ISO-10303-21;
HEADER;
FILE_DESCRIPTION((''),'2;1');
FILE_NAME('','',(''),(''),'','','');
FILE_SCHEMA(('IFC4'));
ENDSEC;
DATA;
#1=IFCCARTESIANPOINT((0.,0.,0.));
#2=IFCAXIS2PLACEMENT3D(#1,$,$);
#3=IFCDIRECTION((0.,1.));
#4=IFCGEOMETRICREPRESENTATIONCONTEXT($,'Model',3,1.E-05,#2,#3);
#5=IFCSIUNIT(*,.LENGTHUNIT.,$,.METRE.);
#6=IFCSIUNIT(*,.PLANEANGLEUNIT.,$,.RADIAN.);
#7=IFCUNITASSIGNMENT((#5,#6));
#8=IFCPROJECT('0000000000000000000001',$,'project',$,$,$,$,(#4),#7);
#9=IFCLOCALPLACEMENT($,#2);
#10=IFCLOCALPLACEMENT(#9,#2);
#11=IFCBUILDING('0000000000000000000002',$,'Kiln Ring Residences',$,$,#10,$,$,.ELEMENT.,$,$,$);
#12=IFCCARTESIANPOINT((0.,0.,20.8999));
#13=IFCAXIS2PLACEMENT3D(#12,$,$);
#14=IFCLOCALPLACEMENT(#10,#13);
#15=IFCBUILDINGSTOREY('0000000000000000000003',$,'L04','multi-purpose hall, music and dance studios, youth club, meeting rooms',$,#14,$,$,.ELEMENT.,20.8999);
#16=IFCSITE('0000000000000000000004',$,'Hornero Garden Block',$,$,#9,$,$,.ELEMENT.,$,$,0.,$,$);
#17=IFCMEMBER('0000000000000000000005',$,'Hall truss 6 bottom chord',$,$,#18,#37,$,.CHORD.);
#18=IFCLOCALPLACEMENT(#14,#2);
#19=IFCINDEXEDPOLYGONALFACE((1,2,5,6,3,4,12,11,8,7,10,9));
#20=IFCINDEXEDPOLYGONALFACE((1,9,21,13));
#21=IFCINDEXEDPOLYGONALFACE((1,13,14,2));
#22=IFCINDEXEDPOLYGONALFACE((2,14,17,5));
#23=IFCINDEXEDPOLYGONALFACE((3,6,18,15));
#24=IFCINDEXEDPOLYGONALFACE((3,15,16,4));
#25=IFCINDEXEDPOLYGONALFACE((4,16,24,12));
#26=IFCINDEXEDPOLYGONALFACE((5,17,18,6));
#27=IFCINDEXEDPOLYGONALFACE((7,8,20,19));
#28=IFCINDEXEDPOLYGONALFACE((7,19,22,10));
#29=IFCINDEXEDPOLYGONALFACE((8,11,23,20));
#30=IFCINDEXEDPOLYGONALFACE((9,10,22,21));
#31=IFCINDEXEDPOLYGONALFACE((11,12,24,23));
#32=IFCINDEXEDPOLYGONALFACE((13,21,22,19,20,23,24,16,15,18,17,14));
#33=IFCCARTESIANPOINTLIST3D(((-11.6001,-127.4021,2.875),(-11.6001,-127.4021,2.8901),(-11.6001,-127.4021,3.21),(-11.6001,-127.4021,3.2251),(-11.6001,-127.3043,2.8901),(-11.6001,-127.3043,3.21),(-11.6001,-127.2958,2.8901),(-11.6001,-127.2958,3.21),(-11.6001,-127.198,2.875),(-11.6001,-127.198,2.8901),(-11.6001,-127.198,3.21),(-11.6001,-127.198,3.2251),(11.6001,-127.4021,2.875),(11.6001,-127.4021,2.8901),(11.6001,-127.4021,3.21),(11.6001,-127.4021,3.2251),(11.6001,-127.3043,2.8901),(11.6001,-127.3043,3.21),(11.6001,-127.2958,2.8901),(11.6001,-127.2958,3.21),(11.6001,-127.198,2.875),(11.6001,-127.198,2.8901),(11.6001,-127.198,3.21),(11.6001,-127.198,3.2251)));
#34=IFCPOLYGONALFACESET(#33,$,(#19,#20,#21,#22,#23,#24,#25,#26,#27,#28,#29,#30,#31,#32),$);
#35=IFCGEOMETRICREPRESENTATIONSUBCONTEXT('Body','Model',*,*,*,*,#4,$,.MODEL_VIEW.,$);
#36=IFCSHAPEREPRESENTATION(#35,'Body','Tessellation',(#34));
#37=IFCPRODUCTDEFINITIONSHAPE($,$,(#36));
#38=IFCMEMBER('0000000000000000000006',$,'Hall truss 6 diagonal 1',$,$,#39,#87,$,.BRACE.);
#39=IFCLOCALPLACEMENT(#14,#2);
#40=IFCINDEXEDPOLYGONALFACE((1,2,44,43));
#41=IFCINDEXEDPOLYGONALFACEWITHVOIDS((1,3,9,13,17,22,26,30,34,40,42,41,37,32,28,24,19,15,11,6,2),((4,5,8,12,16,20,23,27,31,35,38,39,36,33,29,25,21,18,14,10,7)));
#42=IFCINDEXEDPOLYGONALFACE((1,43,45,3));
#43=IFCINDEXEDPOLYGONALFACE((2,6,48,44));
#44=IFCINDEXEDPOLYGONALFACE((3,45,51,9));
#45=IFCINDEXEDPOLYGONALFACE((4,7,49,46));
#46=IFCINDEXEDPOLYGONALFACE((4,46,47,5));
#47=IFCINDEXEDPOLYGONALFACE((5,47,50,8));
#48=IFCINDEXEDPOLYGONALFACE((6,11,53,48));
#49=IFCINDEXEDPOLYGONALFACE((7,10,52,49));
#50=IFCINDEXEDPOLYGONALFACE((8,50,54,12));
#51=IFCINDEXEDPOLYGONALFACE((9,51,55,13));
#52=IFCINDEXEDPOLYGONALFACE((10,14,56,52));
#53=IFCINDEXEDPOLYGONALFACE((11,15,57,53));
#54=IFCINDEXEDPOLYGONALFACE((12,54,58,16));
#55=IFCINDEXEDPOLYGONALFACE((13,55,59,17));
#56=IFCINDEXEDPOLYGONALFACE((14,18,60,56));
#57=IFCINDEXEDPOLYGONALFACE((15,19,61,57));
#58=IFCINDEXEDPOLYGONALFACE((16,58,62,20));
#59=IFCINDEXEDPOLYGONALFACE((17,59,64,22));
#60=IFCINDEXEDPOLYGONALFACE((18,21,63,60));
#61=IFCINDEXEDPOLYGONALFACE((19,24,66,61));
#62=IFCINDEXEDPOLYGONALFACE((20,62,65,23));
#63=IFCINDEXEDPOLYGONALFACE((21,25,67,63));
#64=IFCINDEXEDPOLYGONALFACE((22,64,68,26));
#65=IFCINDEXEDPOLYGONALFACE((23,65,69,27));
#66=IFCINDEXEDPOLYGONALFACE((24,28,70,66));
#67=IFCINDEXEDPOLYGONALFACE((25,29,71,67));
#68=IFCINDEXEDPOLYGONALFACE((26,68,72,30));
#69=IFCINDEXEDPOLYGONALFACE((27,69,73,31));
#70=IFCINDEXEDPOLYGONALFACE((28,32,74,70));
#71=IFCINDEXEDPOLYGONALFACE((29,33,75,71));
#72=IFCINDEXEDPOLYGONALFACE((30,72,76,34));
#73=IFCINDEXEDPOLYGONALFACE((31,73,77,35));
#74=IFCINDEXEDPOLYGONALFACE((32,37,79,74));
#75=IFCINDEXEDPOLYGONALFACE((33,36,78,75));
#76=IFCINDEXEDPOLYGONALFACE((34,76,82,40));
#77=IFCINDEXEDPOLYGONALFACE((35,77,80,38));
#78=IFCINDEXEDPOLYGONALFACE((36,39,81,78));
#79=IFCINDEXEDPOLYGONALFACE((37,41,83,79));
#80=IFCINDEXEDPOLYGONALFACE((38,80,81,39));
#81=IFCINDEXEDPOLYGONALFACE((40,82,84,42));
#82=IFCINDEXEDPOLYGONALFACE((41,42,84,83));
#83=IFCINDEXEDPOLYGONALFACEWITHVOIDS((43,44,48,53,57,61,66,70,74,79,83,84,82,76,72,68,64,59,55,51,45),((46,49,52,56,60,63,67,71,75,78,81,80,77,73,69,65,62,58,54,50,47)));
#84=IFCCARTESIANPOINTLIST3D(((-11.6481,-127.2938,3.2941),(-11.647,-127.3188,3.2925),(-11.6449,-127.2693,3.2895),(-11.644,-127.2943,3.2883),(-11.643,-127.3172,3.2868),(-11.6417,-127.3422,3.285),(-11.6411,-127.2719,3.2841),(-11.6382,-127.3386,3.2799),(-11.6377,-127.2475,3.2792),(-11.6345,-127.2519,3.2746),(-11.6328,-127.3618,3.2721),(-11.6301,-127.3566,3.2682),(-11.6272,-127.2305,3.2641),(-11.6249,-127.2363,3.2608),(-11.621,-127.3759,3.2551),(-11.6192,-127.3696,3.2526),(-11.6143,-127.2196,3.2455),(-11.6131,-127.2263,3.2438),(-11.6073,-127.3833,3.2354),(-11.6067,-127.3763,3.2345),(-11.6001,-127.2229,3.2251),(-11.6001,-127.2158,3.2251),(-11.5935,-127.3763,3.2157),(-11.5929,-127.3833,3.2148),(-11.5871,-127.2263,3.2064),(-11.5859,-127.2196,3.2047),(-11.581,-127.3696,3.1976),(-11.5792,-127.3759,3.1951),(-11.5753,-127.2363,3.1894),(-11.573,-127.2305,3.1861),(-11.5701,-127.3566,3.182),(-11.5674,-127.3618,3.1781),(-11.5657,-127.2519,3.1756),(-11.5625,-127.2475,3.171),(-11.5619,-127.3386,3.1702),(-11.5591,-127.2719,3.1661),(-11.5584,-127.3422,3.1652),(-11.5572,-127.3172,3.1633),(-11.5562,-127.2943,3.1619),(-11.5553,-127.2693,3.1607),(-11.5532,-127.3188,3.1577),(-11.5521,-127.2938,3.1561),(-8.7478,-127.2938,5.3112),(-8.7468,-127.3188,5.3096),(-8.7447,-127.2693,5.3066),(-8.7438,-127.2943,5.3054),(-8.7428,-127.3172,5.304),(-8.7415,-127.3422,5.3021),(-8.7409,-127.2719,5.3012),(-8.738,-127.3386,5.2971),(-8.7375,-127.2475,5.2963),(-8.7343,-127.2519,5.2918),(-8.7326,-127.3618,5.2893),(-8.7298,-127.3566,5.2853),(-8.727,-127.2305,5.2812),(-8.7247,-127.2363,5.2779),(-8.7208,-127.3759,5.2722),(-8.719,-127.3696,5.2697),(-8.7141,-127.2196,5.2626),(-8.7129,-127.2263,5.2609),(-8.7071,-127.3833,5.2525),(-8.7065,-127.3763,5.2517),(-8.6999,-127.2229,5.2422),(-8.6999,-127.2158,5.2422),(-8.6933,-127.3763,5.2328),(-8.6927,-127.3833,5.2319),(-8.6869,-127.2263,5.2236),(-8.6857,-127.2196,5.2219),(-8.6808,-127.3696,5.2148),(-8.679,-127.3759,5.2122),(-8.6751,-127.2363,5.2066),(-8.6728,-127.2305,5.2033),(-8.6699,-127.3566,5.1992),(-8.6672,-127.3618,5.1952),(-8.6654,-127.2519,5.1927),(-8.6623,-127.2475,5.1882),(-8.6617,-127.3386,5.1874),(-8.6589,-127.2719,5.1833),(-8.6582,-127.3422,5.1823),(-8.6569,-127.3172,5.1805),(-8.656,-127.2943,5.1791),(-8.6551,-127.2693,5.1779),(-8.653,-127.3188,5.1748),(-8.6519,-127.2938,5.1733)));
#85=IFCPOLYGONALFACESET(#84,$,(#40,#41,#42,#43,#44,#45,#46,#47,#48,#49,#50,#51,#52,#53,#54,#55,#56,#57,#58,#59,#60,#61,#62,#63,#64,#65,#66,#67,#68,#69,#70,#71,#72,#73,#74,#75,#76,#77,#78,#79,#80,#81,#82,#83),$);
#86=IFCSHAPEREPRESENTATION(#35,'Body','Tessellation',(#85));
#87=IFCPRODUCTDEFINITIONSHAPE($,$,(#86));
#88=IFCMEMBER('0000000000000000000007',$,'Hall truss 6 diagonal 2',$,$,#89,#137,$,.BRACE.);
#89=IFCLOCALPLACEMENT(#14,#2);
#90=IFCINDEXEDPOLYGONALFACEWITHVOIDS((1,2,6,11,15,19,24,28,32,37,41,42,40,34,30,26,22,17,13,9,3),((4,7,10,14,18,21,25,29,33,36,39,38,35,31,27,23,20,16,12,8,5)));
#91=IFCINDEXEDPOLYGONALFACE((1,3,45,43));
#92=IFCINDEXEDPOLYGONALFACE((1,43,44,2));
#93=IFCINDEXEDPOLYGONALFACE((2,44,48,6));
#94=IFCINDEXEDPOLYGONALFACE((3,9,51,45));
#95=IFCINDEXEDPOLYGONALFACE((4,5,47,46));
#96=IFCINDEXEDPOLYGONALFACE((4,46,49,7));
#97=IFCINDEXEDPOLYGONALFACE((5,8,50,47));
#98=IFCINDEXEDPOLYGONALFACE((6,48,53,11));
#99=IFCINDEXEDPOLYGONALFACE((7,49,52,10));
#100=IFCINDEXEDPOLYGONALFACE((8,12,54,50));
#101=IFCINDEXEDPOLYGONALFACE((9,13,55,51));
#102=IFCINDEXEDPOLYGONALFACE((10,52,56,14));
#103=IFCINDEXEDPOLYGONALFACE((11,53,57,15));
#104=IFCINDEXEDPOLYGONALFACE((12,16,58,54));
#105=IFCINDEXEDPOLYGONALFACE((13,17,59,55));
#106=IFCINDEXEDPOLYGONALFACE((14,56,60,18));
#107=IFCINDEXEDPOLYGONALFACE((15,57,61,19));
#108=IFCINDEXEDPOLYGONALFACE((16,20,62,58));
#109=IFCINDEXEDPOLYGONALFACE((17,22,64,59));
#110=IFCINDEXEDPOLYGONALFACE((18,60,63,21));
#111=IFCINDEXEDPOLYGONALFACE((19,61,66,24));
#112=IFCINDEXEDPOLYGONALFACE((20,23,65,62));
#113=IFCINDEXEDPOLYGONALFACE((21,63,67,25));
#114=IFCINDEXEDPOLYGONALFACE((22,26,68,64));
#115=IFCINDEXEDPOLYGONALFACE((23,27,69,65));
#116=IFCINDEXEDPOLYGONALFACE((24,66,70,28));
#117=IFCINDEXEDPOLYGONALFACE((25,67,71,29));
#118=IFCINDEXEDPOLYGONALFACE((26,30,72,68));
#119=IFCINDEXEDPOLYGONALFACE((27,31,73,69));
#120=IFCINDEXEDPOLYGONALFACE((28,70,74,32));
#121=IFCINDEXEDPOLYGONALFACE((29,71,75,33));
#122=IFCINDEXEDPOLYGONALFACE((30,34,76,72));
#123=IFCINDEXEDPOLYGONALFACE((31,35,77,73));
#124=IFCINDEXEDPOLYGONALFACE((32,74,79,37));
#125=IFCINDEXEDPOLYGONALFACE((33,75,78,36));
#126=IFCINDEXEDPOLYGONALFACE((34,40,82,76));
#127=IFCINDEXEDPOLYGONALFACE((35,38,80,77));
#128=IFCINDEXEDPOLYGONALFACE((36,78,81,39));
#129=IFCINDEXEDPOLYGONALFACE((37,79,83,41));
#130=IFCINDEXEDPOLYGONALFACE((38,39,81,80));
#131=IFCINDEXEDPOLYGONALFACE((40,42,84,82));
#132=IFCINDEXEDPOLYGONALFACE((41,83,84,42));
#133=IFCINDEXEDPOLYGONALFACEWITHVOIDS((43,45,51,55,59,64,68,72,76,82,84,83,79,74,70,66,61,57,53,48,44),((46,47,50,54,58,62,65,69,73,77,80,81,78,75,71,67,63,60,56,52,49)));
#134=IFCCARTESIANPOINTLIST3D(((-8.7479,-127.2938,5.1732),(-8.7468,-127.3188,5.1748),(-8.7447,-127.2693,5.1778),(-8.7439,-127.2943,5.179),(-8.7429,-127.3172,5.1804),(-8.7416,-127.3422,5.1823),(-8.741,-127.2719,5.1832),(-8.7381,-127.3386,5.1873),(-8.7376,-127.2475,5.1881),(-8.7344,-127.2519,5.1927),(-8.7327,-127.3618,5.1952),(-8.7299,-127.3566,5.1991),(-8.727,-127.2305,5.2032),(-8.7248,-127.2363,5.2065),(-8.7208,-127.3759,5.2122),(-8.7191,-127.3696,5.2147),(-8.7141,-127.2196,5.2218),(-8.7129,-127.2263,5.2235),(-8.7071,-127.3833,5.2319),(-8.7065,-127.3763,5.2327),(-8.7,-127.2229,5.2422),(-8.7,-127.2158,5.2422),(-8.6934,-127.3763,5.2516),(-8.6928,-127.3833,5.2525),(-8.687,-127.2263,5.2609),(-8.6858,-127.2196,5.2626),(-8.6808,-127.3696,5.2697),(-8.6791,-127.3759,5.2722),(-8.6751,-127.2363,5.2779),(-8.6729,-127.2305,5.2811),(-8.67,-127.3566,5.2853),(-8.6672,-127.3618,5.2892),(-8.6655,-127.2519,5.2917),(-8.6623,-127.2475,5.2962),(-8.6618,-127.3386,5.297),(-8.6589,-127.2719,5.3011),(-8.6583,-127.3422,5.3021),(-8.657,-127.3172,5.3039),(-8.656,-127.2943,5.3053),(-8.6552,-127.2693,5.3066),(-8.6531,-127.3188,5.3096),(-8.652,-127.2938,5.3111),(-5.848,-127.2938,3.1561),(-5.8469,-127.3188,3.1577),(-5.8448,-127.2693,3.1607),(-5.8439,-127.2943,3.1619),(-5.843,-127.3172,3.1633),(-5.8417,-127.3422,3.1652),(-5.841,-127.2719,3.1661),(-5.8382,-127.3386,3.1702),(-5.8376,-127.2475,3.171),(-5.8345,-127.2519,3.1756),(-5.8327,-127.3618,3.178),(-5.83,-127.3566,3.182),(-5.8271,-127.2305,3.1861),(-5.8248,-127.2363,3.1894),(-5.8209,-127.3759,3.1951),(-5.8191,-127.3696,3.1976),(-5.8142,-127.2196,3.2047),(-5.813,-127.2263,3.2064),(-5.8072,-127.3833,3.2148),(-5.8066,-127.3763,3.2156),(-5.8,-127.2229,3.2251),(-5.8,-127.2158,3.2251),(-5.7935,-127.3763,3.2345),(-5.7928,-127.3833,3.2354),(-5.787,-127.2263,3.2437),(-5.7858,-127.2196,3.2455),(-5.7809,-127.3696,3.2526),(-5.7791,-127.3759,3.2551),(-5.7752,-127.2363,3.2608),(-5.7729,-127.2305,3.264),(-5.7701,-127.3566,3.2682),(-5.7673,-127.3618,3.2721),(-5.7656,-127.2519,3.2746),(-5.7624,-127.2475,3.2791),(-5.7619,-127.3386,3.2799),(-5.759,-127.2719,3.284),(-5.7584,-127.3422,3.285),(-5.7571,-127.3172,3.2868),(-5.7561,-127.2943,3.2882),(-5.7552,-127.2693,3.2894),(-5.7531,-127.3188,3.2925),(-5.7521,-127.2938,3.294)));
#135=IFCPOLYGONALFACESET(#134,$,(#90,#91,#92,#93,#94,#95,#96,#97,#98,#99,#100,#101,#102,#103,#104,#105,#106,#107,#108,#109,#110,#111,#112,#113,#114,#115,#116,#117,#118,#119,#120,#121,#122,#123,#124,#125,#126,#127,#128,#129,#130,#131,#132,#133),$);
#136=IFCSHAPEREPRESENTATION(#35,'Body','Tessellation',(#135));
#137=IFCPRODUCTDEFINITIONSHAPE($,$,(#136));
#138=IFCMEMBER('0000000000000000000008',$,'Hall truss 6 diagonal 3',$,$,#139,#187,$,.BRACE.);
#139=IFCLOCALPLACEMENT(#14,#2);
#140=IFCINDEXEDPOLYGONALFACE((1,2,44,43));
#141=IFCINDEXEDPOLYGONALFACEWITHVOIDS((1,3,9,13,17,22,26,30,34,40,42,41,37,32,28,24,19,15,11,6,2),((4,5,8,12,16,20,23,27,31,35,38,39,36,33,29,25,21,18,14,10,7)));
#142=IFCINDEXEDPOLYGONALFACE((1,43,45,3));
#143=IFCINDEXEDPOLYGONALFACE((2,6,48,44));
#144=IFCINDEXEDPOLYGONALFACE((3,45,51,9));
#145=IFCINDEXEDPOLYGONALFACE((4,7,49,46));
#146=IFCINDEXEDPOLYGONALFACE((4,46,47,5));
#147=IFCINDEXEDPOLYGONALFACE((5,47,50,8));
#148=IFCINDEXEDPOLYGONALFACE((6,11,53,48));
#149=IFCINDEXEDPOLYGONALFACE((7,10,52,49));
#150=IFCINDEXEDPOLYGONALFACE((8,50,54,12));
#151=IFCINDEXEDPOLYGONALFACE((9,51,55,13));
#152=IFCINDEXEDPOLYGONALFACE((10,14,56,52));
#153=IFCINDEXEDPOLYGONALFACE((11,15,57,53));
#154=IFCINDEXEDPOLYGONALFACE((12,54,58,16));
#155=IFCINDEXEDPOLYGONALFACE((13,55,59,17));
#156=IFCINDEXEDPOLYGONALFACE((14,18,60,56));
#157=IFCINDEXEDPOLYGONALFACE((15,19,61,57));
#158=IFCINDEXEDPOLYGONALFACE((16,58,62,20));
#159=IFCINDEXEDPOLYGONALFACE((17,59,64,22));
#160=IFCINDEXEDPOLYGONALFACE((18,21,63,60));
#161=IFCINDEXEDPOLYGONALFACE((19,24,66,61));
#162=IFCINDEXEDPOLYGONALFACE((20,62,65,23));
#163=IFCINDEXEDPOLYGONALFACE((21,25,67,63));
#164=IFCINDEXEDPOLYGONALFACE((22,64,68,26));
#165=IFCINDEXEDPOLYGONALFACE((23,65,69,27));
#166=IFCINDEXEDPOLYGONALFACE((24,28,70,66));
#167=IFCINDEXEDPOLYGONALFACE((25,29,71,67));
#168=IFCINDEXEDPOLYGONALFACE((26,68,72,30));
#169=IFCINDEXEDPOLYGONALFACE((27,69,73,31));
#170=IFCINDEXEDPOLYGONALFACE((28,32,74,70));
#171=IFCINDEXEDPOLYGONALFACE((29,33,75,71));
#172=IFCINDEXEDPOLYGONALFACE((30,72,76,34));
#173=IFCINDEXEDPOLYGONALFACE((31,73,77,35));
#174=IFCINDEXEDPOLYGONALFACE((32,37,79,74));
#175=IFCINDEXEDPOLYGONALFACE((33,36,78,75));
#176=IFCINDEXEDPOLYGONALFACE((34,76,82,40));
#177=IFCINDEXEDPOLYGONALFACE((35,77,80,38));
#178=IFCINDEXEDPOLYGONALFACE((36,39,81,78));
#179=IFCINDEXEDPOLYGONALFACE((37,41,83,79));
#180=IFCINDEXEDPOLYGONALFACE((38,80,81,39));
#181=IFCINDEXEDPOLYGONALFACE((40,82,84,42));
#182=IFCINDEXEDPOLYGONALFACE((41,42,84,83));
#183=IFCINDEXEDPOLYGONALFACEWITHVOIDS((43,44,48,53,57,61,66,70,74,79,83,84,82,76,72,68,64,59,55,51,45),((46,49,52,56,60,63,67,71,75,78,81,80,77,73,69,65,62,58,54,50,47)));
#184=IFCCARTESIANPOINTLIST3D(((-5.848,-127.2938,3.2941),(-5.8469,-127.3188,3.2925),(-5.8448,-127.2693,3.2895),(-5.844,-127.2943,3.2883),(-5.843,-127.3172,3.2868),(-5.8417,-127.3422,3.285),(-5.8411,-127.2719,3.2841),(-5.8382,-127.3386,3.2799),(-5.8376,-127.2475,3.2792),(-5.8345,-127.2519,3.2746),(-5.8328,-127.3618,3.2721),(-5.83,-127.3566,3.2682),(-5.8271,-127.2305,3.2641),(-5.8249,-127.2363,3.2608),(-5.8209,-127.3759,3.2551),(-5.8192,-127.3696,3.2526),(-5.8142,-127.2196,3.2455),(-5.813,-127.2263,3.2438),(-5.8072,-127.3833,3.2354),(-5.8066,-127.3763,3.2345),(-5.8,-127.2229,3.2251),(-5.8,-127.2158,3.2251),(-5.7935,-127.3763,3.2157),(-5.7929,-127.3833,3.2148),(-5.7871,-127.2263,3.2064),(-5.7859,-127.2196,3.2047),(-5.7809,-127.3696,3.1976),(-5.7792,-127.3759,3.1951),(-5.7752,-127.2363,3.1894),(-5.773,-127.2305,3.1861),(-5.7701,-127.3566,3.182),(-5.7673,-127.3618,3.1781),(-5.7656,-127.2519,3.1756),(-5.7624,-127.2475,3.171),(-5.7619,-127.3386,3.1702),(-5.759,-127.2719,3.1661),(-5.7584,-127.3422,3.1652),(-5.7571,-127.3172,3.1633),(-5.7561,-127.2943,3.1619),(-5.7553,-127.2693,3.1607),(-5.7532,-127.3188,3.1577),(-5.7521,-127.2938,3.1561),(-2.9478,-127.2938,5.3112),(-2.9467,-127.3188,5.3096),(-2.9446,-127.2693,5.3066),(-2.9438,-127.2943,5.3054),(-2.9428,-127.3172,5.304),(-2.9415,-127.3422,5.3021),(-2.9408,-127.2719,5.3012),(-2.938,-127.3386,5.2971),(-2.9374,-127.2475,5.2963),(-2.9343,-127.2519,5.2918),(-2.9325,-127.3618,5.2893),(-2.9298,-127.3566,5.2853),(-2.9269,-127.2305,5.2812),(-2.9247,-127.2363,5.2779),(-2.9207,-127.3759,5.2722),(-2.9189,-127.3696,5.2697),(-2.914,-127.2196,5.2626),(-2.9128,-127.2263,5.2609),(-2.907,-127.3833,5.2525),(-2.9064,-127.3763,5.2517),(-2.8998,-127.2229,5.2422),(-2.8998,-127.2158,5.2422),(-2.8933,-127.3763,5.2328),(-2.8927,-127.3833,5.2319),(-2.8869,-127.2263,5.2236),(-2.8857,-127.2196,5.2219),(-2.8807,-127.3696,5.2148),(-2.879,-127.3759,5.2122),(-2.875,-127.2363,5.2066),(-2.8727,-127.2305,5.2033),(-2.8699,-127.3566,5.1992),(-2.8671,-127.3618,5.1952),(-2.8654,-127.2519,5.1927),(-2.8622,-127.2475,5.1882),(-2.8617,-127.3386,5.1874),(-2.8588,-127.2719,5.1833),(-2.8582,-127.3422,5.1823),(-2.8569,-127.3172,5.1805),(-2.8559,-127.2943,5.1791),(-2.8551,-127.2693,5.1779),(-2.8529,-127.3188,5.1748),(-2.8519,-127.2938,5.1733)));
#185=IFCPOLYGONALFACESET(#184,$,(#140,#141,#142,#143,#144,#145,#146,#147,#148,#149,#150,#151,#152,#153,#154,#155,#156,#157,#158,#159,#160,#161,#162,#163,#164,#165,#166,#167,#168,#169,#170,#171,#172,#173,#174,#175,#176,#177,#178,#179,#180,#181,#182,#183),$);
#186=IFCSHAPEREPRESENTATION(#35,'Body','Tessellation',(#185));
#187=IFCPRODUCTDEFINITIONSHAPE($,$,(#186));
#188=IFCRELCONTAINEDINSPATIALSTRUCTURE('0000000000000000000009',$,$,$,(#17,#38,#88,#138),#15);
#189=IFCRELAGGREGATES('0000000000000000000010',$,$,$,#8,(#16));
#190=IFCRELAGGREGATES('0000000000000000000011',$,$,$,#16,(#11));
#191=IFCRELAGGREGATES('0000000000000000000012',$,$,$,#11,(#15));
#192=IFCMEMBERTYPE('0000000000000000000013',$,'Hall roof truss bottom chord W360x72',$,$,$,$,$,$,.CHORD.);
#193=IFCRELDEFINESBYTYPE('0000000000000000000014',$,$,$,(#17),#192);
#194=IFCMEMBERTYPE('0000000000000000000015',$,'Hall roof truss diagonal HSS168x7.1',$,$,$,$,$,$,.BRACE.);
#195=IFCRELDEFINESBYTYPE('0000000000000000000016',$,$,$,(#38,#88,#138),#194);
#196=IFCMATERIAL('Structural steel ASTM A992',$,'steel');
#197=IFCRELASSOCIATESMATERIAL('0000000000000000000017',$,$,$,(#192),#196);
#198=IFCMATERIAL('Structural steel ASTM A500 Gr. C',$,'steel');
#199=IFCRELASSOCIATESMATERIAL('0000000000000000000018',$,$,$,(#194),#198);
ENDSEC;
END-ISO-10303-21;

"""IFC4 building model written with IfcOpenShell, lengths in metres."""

from ifc_helpers import new_model, si_unit, direction, frame, origin, origin_2d, place, context, subcontext, project, spatial, hollow_circle, i_section, extrude, material, material_profile, profile_set, type_object, element, save


model = new_model("IFC4")

# Units and contexts
model_context = context("Model", 3, precision=1e-05, world=origin(), true_north=direction((0.0, 1.0)))
body_context = subcontext(model_context, "Body", "Model", "MODEL_VIEW")
ifc_project = project(units=[si_unit("LENGTHUNIT", "METRE"), si_unit("PLANEANGLEUNIT", "RADIAN")], contexts=[model_context])

# Site, building, storey
site_placement = place(None, origin())
site = spatial("IfcSite", under=ifc_project, at=site_placement, Name="Hornero Garden Block", CompositionType="ELEMENT", RefElevation=0.0)
building_placement = place(site_placement, origin())
building = spatial("IfcBuilding", under=site, at=building_placement, Name="Kiln Ring Residences", CompositionType="ELEMENT")
storey_placement = place(building_placement, frame((0.0, 0.0, 20.8999)))
storey = spatial("IfcBuildingStorey", under=building, at=storey_placement, Name="L04", Description="multi-purpose hall, music and dance studios, youth club, meeting rooms", CompositionType="ELEMENT", Elevation=20.8999)

# Members
ifc_material_1 = material(Name="Structural steel ASTM A992", Category="steel")
ifc_material_profile_1 = material_profile(ifc_material_1, i_section(OverallWidth=0.2041, OverallDepth=0.3501, WebThickness=0.0085, FlangeThickness=0.0151, at=origin_2d()), Name="W360x72")
ifc_profile_set_1 = profile_set([ifc_material_profile_1], Name="Structural steel ASTM A992")
member_type_1 = type_object("IfcMemberType", Name="Hall roof truss bottom chord W360x72", PredefinedType="CHORD", material=ifc_profile_set_1)
member_1_placement = place(storey_placement, frame((-11.6001, -127.3, 3.05), z_axis=(1.0, 0.0, 0.0), x_axis=(0.0, 1.0, 0.0)))
element("IfcMember", 1, at=member_1_placement, inside=storey, type_object=member_type_1, Name="Hall truss 6 bottom chord", PredefinedType="CHORD", context=body_context, shape_type="SweptSolid", body=[
    extrude(i_section(OverallWidth=0.2041, OverallDepth=0.3501, WebThickness=0.0085, FlangeThickness=0.0151, at=origin_2d()), origin(), (0.0, 0.0, 1.0), 23.2002),
])
ifc_material_2 = material(Name="Structural steel ASTM A500 Gr. C", Category="steel")
ifc_material_profile_2 = material_profile(ifc_material_2, hollow_circle(Radius=0.0842, WallThickness=0.0071, at=origin_2d()), Name="HSS168x7.1")
ifc_profile_set_2 = profile_set([ifc_material_profile_2], Name="Structural steel ASTM A500 Gr. C")
member_type_2 = type_object("IfcMemberType", Name="Hall roof truss diagonal HSS168x7.1", PredefinedType="BRACE", material=ifc_profile_set_2)
member_2_placement = place(storey_placement, frame((-11.6001, -127.3, 3.2251), z_axis=(0.820959, 0.0, 0.570988), x_axis=(0.0, 1.0, 0.0)))
element("IfcMember", 2, at=member_2_placement, inside=storey, type_object=member_type_2, Name="Hall truss 6 diagonal 1", PredefinedType="BRACE", context=body_context, shape_type="SweptSolid", body=[
    extrude(hollow_circle(Radius=0.0842, WallThickness=0.0071, at=origin_2d()), origin(), (0.0, 0.0, 1.0), 3.5327),
])
member_3_placement = place(storey_placement, frame((-8.7, -127.3, 5.2422), z_axis=(0.820936, 0.0, -0.57102), x_axis=(0.0, 1.0, 0.0)))
element("IfcMember", 3, at=member_3_placement, inside=storey, type_object=member_type_2, Name="Hall truss 6 diagonal 2", PredefinedType="BRACE", context=body_context, shape_type="SweptSolid", body=[
    extrude(hollow_circle(Radius=0.0842, WallThickness=0.0071, at=origin_2d()), origin(), (0.0, 0.0, 1.0), 3.5325),
])
member_4_placement = place(storey_placement, frame((-5.8, -127.3, 3.2251), z_axis=(0.820959, 0.0, 0.570988), x_axis=(0.0, 1.0, 0.0)))
element("IfcMember", 4, at=member_4_placement, inside=storey, type_object=member_type_2, Name="Hall truss 6 diagonal 3", PredefinedType="BRACE", context=body_context, shape_type="SweptSolid", body=[
    extrude(hollow_circle(Radius=0.0842, WallThickness=0.0071, at=origin_2d()), origin(), (0.0, 0.0, 1.0), 3.5327),
])

save(model, "model.ifc")
